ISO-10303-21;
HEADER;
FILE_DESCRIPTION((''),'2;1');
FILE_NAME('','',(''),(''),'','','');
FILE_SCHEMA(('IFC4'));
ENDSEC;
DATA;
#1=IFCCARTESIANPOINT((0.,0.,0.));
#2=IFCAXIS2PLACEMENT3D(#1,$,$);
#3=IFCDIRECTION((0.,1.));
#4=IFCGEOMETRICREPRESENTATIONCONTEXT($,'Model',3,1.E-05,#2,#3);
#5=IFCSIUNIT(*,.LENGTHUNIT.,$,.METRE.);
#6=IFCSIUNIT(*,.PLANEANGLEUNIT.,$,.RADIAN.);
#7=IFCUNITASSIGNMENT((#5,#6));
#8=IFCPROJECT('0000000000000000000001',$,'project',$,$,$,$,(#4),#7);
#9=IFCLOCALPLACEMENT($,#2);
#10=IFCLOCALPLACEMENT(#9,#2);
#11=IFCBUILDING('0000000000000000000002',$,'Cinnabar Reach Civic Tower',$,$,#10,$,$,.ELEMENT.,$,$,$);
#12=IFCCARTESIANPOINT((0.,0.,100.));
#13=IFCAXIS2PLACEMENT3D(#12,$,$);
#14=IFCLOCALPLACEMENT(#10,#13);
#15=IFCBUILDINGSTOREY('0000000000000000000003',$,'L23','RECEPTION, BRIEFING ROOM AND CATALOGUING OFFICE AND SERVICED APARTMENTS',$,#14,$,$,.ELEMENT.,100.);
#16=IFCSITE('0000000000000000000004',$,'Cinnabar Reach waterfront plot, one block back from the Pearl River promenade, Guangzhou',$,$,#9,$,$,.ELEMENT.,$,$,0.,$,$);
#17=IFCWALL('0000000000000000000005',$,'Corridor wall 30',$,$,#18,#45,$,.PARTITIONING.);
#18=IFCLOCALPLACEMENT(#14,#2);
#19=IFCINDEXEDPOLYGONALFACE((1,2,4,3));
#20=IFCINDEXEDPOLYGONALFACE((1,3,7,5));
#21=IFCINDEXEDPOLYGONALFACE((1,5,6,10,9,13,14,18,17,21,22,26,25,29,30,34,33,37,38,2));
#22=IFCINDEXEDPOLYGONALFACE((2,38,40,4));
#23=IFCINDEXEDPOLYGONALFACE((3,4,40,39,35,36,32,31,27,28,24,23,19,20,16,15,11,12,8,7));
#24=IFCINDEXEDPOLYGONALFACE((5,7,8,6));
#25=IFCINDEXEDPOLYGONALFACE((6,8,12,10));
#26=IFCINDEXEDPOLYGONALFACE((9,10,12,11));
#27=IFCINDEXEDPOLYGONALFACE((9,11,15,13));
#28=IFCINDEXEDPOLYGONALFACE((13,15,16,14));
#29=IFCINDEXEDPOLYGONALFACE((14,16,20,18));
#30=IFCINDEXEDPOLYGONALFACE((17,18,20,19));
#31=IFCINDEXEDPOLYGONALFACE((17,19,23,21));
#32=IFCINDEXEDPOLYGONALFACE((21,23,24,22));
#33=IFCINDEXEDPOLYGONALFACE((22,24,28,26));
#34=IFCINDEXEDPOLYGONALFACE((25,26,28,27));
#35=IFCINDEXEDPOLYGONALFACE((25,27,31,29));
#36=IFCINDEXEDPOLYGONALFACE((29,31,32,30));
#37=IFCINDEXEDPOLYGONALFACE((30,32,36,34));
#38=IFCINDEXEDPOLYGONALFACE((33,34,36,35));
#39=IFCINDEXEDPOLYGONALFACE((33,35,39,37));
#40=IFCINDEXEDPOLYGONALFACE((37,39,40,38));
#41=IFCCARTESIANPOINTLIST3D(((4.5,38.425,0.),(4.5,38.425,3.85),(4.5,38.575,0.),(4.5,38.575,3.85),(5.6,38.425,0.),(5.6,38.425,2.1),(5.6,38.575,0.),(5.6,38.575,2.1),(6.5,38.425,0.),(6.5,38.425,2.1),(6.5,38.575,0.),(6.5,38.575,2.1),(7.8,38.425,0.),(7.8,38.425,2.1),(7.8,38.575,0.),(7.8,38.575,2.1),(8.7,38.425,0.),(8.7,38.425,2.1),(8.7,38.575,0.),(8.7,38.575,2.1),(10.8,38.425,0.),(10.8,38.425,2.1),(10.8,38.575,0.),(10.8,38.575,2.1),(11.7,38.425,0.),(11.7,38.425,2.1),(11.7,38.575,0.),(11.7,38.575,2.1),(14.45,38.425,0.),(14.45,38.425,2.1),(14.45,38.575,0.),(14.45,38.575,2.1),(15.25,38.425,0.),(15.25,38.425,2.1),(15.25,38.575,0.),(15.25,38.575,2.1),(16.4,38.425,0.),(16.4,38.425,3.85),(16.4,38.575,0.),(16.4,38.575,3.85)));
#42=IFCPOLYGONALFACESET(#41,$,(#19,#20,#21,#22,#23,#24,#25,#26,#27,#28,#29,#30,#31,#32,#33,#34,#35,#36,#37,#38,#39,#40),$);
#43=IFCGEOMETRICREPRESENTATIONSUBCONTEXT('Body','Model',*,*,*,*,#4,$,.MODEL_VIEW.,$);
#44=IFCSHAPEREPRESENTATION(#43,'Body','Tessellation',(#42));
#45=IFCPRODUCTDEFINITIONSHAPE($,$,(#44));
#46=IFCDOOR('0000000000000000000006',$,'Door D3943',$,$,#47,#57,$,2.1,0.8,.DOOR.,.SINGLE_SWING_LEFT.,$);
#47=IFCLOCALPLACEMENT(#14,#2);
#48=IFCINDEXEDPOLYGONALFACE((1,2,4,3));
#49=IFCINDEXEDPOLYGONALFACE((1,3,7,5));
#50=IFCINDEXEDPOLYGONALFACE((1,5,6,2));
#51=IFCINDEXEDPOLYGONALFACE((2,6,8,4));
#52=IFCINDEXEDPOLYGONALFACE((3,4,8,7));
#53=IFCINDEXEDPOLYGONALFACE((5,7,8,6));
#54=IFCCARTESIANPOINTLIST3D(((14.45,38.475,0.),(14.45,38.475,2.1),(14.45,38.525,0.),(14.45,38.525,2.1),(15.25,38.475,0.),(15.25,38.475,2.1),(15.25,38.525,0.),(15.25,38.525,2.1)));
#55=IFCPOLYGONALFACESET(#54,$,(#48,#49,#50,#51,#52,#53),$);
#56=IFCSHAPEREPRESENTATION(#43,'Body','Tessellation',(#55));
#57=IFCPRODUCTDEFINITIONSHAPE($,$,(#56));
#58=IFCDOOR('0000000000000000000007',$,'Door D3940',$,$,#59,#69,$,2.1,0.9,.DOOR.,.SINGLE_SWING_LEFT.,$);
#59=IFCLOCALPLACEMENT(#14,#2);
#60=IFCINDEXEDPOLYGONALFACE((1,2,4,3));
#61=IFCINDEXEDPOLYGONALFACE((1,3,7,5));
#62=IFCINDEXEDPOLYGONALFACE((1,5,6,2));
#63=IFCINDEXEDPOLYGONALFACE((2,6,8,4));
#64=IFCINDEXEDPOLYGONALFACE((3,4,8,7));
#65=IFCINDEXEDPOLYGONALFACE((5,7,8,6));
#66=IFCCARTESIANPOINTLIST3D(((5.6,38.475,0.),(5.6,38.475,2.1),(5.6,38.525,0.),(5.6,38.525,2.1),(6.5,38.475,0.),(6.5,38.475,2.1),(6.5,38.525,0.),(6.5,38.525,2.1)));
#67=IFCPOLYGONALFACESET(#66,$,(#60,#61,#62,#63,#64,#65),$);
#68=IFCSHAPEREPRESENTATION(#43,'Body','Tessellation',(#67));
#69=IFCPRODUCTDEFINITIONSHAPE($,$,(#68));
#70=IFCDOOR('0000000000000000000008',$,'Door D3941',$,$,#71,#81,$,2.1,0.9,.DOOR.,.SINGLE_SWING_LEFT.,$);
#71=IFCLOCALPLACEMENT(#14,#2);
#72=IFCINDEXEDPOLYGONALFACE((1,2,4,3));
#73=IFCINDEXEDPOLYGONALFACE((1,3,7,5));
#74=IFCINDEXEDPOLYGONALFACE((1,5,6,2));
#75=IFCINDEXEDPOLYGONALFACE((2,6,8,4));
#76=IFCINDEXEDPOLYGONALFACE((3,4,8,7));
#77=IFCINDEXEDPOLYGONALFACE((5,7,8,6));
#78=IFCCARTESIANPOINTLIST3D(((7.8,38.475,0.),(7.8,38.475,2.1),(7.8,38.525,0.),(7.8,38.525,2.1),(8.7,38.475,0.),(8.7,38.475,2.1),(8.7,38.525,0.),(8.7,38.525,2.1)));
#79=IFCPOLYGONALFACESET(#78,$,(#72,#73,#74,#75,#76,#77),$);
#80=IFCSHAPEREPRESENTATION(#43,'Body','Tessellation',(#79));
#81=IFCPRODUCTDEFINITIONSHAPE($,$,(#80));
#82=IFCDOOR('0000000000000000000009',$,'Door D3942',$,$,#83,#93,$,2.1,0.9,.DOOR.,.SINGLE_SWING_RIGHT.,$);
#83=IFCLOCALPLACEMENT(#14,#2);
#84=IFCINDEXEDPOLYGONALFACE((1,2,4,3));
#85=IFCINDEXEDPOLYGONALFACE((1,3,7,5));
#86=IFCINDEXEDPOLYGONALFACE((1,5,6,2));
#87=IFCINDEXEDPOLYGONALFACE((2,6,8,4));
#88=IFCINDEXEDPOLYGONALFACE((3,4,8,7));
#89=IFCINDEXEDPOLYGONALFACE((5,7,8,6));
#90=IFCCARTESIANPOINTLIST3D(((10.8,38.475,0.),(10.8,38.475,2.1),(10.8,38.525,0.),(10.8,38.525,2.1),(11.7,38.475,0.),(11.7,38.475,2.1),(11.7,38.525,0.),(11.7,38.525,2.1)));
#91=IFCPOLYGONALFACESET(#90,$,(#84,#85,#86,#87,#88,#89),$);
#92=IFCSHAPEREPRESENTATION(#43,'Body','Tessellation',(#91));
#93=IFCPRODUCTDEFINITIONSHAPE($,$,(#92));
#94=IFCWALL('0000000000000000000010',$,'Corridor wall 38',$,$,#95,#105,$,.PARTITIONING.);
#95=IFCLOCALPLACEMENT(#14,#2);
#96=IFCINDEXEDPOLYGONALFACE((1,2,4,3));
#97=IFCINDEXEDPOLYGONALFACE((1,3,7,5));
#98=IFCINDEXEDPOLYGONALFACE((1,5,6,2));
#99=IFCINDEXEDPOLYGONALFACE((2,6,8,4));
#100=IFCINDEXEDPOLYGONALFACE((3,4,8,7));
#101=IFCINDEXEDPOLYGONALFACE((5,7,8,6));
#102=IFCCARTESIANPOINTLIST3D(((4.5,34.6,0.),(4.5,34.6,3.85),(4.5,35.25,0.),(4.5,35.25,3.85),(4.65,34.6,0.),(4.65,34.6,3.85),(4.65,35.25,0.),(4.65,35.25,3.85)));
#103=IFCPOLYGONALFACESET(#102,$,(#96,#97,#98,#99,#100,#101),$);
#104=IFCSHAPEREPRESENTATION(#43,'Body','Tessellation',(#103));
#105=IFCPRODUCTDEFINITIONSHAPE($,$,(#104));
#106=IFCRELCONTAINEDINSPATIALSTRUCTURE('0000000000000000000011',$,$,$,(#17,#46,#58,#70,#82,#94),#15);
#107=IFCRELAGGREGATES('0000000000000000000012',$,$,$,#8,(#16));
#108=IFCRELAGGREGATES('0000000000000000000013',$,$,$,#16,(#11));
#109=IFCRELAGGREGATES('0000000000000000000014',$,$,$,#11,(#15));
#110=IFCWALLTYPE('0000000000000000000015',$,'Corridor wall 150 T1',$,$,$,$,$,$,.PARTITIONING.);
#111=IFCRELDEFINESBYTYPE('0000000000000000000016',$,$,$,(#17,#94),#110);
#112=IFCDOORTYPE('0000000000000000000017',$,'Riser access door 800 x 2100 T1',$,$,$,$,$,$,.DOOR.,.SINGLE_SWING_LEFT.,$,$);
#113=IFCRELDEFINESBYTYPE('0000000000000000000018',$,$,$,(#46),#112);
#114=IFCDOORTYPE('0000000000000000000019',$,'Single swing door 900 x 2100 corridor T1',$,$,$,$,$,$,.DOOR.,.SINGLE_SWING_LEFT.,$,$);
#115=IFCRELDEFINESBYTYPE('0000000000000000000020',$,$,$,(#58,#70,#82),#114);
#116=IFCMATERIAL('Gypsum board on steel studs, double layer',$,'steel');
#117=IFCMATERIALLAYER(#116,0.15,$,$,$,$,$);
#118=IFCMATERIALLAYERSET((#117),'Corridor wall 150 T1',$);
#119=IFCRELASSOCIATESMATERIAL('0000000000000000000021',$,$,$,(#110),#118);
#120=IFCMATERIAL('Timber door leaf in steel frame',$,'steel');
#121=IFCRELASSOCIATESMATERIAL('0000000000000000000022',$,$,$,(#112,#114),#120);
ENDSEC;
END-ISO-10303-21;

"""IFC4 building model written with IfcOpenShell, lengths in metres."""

from ifc_helpers import new_model, si_unit, direction, frame, frame_2d, origin, place, context, subcontext, project, spatial, rectangle, extrude, material, layer, layer_set, type_object, element, fill, save


model = new_model("IFC4")

# Units and contexts
model_context = context("Model", 3, precision=1e-05, world=origin(), true_north=direction((0.0, 1.0)))
body_context = subcontext(model_context, "Body", "Model", "MODEL_VIEW")
ifc_project = project(units=[si_unit("LENGTHUNIT", "METRE"), si_unit("PLANEANGLEUNIT", "RADIAN")], contexts=[model_context])

# Site, building, storey
site_placement = place(None, origin())
site = spatial("IfcSite", under=ifc_project, at=site_placement, Name="Cinnabar Reach waterfront plot, one block back from the Pearl River promenade, Guangzhou", CompositionType="ELEMENT", RefElevation=0.0)
building_placement = place(site_placement, origin())
building = spatial("IfcBuilding", under=site, at=building_placement, Name="Cinnabar Reach Civic Tower", CompositionType="ELEMENT")
storey_placement = place(building_placement, frame((0.0, 0.0, 100.0)))
storey = spatial("IfcBuildingStorey", under=building, at=storey_placement, Name="L23", Description="RECEPTION, BRIEFING ROOM AND CATALOGUING OFFICE AND SERVICED APARTMENTS", CompositionType="ELEMENT", Elevation=100.0)

# Shared definitions
ifc_material_1 = material(Name="Timber door leaf in steel frame", Category="steel")

# Wall, openings, doors
ifc_material_2 = material(Name="Gypsum board on steel studs, double layer", Category="steel")
ifc_layer_1 = layer(ifc_material_2, 0.15)
ifc_layer_set_1 = layer_set([ifc_layer_1], Name="Corridor wall 150 T1")
wall_type_1 = type_object("IfcWallType", Name="Corridor wall 150 T1", PredefinedType="PARTITIONING", material=ifc_layer_set_1)
wall_1_placement = place(storey_placement, frame((4.5, 38.5, 0.0), z_axis=(0.0, 0.0, 1.0), x_axis=(1.0, 0.0, 0.0)))
wall_1 = element("IfcWall", 1, at=wall_1_placement, inside=storey, type_object=wall_type_1, Name="Corridor wall 30", PredefinedType="PARTITIONING", context=body_context, shape_type="SweptSolid", body=[
    extrude(rectangle(XDim=11.9, YDim=0.15, at=frame_2d((5.95, 0.0))), origin(), (0.0, 0.0, 1.0), 3.85),
])
opening_1_placement = place(wall_1_placement, frame((1.1, 0.0, 0.0)))
opening_1 = element("IfcOpeningElement", 2, at=opening_1_placement, cuts=wall_1, PredefinedType="OPENING", context=body_context, shape_type="SweptSolid", body=[
    extrude(rectangle(XDim=0.9, YDim=2.1, at=frame_2d((0.45, 1.05))), frame((0.0, 0.085, 0.0), z_axis=(0.0, -1.0, 0.0), x_axis=(1.0, 0.0, 0.0)), (0.0, 0.0, 1.0), 0.17),
])
opening_2_placement = place(wall_1_placement, frame((3.3, 0.0, 0.0)))
opening_2 = element("IfcOpeningElement", 3, at=opening_2_placement, cuts=wall_1, PredefinedType="OPENING", context=body_context, shape_type="SweptSolid", body=[
    extrude(rectangle(XDim=0.9, YDim=2.1, at=frame_2d((0.45, 1.05))), frame((0.0, 0.085, 0.0), z_axis=(0.0, -1.0, 0.0), x_axis=(1.0, 0.0, 0.0)), (0.0, 0.0, 1.0), 0.17),
])
opening_3_placement = place(wall_1_placement, frame((6.3, 0.0, 0.0)))
opening_3 = element("IfcOpeningElement", 4, at=opening_3_placement, cuts=wall_1, PredefinedType="OPENING", context=body_context, shape_type="SweptSolid", body=[
    extrude(rectangle(XDim=0.9, YDim=2.1, at=frame_2d((0.45, 1.05))), frame((0.0, 0.085, 0.0), z_axis=(0.0, -1.0, 0.0), x_axis=(1.0, 0.0, 0.0)), (0.0, 0.0, 1.0), 0.17),
])
opening_4_placement = place(wall_1_placement, frame((9.95, 0.0, 0.0)))
opening_4 = element("IfcOpeningElement", 5, at=opening_4_placement, cuts=wall_1, PredefinedType="OPENING", context=body_context, shape_type="SweptSolid", body=[
    extrude(rectangle(XDim=0.8, YDim=2.1, at=frame_2d((0.4, 1.05))), frame((0.0, 0.085, 0.0), z_axis=(0.0, -1.0, 0.0), x_axis=(1.0, 0.0, 0.0)), (0.0, 0.0, 1.0), 0.17),
])
door_type_1 = type_object("IfcDoorType", Name="Riser access door 800 x 2100 T1", OperationType="SINGLE_SWING_LEFT", PredefinedType="DOOR", material=ifc_material_1)
door_1_placement = place(opening_4_placement, origin())
door_1 = element("IfcDoor", 6, at=door_1_placement, inside=storey, type_object=door_type_1, Name="Door D3943", OperationType="SINGLE_SWING_LEFT", OverallHeight=2.1, OverallWidth=0.8, PredefinedType="DOOR", context=body_context, shape_type="SweptSolid", body=[
    extrude(rectangle(XDim=0.8, YDim=2.1, at=frame_2d((0.4, 1.05))), frame((0.0, 0.025, 0.0), z_axis=(0.0, -1.0, 0.0), x_axis=(1.0, 0.0, 0.0)), (0.0, 0.0, 1.0), 0.05),
])
fill(opening_4, door_1)
door_type_2 = type_object("IfcDoorType", Name="Single swing door 900 x 2100 corridor T1", OperationType="SINGLE_SWING_LEFT", PredefinedType="DOOR", material=ifc_material_1)
door_2_placement = place(opening_1_placement, origin())
door_2 = element("IfcDoor", 7, at=door_2_placement, inside=storey, type_object=door_type_2, Name="Door D3940", OperationType="SINGLE_SWING_LEFT", OverallHeight=2.1, OverallWidth=0.9, PredefinedType="DOOR", context=body_context, shape_type="SweptSolid", body=[
    extrude(rectangle(XDim=0.9, YDim=2.1, at=frame_2d((0.45, 1.05))), frame((0.0, 0.025, 0.0), z_axis=(0.0, -1.0, 0.0), x_axis=(1.0, 0.0, 0.0)), (0.0, 0.0, 1.0), 0.05),
])
fill(opening_1, door_2)
door_3_placement = place(opening_2_placement, origin())
door_3 = element("IfcDoor", 8, at=door_3_placement, inside=storey, type_object=door_type_2, Name="Door D3941", OperationType="SINGLE_SWING_LEFT", OverallHeight=2.1, OverallWidth=0.9, PredefinedType="DOOR", context=body_context, shape_type="SweptSolid", body=[
    extrude(rectangle(XDim=0.9, YDim=2.1, at=frame_2d((0.45, 1.05))), frame((0.0, 0.025, 0.0), z_axis=(0.0, -1.0, 0.0), x_axis=(1.0, 0.0, 0.0)), (0.0, 0.0, 1.0), 0.05),
])
fill(opening_2, door_3)
door_4_placement = place(opening_3_placement, origin())
door_4 = element("IfcDoor", 9, at=door_4_placement, inside=storey, type_object=door_type_2, Name="Door D3942", OperationType="SINGLE_SWING_RIGHT", OverallHeight=2.1, OverallWidth=0.9, PredefinedType="DOOR", context=body_context, shape_type="SweptSolid", body=[
    extrude(rectangle(XDim=0.9, YDim=2.1, at=frame_2d((0.45, 1.05))), frame((0.0, 0.025, 0.0), z_axis=(0.0, -1.0, 0.0), x_axis=(1.0, 0.0, 0.0)), (0.0, 0.0, 1.0), 0.05),
])
fill(opening_3, door_4)

# Wall
wall_2_placement = place(storey_placement, frame((4.575, 34.6, 0.0), z_axis=(0.0, 0.0, 1.0), x_axis=(0.0, 1.0, 0.0)))
element("IfcWall", 10, at=wall_2_placement, inside=storey, type_object=wall_type_1, Name="Corridor wall 38", PredefinedType="PARTITIONING", context=body_context, shape_type="SweptSolid", body=[
    extrude(rectangle(XDim=0.65, YDim=0.15, at=frame_2d((0.325, 0.0))), origin(), (0.0, 0.0, 1.0), 3.85),
])

save(model, "model.ifc")
